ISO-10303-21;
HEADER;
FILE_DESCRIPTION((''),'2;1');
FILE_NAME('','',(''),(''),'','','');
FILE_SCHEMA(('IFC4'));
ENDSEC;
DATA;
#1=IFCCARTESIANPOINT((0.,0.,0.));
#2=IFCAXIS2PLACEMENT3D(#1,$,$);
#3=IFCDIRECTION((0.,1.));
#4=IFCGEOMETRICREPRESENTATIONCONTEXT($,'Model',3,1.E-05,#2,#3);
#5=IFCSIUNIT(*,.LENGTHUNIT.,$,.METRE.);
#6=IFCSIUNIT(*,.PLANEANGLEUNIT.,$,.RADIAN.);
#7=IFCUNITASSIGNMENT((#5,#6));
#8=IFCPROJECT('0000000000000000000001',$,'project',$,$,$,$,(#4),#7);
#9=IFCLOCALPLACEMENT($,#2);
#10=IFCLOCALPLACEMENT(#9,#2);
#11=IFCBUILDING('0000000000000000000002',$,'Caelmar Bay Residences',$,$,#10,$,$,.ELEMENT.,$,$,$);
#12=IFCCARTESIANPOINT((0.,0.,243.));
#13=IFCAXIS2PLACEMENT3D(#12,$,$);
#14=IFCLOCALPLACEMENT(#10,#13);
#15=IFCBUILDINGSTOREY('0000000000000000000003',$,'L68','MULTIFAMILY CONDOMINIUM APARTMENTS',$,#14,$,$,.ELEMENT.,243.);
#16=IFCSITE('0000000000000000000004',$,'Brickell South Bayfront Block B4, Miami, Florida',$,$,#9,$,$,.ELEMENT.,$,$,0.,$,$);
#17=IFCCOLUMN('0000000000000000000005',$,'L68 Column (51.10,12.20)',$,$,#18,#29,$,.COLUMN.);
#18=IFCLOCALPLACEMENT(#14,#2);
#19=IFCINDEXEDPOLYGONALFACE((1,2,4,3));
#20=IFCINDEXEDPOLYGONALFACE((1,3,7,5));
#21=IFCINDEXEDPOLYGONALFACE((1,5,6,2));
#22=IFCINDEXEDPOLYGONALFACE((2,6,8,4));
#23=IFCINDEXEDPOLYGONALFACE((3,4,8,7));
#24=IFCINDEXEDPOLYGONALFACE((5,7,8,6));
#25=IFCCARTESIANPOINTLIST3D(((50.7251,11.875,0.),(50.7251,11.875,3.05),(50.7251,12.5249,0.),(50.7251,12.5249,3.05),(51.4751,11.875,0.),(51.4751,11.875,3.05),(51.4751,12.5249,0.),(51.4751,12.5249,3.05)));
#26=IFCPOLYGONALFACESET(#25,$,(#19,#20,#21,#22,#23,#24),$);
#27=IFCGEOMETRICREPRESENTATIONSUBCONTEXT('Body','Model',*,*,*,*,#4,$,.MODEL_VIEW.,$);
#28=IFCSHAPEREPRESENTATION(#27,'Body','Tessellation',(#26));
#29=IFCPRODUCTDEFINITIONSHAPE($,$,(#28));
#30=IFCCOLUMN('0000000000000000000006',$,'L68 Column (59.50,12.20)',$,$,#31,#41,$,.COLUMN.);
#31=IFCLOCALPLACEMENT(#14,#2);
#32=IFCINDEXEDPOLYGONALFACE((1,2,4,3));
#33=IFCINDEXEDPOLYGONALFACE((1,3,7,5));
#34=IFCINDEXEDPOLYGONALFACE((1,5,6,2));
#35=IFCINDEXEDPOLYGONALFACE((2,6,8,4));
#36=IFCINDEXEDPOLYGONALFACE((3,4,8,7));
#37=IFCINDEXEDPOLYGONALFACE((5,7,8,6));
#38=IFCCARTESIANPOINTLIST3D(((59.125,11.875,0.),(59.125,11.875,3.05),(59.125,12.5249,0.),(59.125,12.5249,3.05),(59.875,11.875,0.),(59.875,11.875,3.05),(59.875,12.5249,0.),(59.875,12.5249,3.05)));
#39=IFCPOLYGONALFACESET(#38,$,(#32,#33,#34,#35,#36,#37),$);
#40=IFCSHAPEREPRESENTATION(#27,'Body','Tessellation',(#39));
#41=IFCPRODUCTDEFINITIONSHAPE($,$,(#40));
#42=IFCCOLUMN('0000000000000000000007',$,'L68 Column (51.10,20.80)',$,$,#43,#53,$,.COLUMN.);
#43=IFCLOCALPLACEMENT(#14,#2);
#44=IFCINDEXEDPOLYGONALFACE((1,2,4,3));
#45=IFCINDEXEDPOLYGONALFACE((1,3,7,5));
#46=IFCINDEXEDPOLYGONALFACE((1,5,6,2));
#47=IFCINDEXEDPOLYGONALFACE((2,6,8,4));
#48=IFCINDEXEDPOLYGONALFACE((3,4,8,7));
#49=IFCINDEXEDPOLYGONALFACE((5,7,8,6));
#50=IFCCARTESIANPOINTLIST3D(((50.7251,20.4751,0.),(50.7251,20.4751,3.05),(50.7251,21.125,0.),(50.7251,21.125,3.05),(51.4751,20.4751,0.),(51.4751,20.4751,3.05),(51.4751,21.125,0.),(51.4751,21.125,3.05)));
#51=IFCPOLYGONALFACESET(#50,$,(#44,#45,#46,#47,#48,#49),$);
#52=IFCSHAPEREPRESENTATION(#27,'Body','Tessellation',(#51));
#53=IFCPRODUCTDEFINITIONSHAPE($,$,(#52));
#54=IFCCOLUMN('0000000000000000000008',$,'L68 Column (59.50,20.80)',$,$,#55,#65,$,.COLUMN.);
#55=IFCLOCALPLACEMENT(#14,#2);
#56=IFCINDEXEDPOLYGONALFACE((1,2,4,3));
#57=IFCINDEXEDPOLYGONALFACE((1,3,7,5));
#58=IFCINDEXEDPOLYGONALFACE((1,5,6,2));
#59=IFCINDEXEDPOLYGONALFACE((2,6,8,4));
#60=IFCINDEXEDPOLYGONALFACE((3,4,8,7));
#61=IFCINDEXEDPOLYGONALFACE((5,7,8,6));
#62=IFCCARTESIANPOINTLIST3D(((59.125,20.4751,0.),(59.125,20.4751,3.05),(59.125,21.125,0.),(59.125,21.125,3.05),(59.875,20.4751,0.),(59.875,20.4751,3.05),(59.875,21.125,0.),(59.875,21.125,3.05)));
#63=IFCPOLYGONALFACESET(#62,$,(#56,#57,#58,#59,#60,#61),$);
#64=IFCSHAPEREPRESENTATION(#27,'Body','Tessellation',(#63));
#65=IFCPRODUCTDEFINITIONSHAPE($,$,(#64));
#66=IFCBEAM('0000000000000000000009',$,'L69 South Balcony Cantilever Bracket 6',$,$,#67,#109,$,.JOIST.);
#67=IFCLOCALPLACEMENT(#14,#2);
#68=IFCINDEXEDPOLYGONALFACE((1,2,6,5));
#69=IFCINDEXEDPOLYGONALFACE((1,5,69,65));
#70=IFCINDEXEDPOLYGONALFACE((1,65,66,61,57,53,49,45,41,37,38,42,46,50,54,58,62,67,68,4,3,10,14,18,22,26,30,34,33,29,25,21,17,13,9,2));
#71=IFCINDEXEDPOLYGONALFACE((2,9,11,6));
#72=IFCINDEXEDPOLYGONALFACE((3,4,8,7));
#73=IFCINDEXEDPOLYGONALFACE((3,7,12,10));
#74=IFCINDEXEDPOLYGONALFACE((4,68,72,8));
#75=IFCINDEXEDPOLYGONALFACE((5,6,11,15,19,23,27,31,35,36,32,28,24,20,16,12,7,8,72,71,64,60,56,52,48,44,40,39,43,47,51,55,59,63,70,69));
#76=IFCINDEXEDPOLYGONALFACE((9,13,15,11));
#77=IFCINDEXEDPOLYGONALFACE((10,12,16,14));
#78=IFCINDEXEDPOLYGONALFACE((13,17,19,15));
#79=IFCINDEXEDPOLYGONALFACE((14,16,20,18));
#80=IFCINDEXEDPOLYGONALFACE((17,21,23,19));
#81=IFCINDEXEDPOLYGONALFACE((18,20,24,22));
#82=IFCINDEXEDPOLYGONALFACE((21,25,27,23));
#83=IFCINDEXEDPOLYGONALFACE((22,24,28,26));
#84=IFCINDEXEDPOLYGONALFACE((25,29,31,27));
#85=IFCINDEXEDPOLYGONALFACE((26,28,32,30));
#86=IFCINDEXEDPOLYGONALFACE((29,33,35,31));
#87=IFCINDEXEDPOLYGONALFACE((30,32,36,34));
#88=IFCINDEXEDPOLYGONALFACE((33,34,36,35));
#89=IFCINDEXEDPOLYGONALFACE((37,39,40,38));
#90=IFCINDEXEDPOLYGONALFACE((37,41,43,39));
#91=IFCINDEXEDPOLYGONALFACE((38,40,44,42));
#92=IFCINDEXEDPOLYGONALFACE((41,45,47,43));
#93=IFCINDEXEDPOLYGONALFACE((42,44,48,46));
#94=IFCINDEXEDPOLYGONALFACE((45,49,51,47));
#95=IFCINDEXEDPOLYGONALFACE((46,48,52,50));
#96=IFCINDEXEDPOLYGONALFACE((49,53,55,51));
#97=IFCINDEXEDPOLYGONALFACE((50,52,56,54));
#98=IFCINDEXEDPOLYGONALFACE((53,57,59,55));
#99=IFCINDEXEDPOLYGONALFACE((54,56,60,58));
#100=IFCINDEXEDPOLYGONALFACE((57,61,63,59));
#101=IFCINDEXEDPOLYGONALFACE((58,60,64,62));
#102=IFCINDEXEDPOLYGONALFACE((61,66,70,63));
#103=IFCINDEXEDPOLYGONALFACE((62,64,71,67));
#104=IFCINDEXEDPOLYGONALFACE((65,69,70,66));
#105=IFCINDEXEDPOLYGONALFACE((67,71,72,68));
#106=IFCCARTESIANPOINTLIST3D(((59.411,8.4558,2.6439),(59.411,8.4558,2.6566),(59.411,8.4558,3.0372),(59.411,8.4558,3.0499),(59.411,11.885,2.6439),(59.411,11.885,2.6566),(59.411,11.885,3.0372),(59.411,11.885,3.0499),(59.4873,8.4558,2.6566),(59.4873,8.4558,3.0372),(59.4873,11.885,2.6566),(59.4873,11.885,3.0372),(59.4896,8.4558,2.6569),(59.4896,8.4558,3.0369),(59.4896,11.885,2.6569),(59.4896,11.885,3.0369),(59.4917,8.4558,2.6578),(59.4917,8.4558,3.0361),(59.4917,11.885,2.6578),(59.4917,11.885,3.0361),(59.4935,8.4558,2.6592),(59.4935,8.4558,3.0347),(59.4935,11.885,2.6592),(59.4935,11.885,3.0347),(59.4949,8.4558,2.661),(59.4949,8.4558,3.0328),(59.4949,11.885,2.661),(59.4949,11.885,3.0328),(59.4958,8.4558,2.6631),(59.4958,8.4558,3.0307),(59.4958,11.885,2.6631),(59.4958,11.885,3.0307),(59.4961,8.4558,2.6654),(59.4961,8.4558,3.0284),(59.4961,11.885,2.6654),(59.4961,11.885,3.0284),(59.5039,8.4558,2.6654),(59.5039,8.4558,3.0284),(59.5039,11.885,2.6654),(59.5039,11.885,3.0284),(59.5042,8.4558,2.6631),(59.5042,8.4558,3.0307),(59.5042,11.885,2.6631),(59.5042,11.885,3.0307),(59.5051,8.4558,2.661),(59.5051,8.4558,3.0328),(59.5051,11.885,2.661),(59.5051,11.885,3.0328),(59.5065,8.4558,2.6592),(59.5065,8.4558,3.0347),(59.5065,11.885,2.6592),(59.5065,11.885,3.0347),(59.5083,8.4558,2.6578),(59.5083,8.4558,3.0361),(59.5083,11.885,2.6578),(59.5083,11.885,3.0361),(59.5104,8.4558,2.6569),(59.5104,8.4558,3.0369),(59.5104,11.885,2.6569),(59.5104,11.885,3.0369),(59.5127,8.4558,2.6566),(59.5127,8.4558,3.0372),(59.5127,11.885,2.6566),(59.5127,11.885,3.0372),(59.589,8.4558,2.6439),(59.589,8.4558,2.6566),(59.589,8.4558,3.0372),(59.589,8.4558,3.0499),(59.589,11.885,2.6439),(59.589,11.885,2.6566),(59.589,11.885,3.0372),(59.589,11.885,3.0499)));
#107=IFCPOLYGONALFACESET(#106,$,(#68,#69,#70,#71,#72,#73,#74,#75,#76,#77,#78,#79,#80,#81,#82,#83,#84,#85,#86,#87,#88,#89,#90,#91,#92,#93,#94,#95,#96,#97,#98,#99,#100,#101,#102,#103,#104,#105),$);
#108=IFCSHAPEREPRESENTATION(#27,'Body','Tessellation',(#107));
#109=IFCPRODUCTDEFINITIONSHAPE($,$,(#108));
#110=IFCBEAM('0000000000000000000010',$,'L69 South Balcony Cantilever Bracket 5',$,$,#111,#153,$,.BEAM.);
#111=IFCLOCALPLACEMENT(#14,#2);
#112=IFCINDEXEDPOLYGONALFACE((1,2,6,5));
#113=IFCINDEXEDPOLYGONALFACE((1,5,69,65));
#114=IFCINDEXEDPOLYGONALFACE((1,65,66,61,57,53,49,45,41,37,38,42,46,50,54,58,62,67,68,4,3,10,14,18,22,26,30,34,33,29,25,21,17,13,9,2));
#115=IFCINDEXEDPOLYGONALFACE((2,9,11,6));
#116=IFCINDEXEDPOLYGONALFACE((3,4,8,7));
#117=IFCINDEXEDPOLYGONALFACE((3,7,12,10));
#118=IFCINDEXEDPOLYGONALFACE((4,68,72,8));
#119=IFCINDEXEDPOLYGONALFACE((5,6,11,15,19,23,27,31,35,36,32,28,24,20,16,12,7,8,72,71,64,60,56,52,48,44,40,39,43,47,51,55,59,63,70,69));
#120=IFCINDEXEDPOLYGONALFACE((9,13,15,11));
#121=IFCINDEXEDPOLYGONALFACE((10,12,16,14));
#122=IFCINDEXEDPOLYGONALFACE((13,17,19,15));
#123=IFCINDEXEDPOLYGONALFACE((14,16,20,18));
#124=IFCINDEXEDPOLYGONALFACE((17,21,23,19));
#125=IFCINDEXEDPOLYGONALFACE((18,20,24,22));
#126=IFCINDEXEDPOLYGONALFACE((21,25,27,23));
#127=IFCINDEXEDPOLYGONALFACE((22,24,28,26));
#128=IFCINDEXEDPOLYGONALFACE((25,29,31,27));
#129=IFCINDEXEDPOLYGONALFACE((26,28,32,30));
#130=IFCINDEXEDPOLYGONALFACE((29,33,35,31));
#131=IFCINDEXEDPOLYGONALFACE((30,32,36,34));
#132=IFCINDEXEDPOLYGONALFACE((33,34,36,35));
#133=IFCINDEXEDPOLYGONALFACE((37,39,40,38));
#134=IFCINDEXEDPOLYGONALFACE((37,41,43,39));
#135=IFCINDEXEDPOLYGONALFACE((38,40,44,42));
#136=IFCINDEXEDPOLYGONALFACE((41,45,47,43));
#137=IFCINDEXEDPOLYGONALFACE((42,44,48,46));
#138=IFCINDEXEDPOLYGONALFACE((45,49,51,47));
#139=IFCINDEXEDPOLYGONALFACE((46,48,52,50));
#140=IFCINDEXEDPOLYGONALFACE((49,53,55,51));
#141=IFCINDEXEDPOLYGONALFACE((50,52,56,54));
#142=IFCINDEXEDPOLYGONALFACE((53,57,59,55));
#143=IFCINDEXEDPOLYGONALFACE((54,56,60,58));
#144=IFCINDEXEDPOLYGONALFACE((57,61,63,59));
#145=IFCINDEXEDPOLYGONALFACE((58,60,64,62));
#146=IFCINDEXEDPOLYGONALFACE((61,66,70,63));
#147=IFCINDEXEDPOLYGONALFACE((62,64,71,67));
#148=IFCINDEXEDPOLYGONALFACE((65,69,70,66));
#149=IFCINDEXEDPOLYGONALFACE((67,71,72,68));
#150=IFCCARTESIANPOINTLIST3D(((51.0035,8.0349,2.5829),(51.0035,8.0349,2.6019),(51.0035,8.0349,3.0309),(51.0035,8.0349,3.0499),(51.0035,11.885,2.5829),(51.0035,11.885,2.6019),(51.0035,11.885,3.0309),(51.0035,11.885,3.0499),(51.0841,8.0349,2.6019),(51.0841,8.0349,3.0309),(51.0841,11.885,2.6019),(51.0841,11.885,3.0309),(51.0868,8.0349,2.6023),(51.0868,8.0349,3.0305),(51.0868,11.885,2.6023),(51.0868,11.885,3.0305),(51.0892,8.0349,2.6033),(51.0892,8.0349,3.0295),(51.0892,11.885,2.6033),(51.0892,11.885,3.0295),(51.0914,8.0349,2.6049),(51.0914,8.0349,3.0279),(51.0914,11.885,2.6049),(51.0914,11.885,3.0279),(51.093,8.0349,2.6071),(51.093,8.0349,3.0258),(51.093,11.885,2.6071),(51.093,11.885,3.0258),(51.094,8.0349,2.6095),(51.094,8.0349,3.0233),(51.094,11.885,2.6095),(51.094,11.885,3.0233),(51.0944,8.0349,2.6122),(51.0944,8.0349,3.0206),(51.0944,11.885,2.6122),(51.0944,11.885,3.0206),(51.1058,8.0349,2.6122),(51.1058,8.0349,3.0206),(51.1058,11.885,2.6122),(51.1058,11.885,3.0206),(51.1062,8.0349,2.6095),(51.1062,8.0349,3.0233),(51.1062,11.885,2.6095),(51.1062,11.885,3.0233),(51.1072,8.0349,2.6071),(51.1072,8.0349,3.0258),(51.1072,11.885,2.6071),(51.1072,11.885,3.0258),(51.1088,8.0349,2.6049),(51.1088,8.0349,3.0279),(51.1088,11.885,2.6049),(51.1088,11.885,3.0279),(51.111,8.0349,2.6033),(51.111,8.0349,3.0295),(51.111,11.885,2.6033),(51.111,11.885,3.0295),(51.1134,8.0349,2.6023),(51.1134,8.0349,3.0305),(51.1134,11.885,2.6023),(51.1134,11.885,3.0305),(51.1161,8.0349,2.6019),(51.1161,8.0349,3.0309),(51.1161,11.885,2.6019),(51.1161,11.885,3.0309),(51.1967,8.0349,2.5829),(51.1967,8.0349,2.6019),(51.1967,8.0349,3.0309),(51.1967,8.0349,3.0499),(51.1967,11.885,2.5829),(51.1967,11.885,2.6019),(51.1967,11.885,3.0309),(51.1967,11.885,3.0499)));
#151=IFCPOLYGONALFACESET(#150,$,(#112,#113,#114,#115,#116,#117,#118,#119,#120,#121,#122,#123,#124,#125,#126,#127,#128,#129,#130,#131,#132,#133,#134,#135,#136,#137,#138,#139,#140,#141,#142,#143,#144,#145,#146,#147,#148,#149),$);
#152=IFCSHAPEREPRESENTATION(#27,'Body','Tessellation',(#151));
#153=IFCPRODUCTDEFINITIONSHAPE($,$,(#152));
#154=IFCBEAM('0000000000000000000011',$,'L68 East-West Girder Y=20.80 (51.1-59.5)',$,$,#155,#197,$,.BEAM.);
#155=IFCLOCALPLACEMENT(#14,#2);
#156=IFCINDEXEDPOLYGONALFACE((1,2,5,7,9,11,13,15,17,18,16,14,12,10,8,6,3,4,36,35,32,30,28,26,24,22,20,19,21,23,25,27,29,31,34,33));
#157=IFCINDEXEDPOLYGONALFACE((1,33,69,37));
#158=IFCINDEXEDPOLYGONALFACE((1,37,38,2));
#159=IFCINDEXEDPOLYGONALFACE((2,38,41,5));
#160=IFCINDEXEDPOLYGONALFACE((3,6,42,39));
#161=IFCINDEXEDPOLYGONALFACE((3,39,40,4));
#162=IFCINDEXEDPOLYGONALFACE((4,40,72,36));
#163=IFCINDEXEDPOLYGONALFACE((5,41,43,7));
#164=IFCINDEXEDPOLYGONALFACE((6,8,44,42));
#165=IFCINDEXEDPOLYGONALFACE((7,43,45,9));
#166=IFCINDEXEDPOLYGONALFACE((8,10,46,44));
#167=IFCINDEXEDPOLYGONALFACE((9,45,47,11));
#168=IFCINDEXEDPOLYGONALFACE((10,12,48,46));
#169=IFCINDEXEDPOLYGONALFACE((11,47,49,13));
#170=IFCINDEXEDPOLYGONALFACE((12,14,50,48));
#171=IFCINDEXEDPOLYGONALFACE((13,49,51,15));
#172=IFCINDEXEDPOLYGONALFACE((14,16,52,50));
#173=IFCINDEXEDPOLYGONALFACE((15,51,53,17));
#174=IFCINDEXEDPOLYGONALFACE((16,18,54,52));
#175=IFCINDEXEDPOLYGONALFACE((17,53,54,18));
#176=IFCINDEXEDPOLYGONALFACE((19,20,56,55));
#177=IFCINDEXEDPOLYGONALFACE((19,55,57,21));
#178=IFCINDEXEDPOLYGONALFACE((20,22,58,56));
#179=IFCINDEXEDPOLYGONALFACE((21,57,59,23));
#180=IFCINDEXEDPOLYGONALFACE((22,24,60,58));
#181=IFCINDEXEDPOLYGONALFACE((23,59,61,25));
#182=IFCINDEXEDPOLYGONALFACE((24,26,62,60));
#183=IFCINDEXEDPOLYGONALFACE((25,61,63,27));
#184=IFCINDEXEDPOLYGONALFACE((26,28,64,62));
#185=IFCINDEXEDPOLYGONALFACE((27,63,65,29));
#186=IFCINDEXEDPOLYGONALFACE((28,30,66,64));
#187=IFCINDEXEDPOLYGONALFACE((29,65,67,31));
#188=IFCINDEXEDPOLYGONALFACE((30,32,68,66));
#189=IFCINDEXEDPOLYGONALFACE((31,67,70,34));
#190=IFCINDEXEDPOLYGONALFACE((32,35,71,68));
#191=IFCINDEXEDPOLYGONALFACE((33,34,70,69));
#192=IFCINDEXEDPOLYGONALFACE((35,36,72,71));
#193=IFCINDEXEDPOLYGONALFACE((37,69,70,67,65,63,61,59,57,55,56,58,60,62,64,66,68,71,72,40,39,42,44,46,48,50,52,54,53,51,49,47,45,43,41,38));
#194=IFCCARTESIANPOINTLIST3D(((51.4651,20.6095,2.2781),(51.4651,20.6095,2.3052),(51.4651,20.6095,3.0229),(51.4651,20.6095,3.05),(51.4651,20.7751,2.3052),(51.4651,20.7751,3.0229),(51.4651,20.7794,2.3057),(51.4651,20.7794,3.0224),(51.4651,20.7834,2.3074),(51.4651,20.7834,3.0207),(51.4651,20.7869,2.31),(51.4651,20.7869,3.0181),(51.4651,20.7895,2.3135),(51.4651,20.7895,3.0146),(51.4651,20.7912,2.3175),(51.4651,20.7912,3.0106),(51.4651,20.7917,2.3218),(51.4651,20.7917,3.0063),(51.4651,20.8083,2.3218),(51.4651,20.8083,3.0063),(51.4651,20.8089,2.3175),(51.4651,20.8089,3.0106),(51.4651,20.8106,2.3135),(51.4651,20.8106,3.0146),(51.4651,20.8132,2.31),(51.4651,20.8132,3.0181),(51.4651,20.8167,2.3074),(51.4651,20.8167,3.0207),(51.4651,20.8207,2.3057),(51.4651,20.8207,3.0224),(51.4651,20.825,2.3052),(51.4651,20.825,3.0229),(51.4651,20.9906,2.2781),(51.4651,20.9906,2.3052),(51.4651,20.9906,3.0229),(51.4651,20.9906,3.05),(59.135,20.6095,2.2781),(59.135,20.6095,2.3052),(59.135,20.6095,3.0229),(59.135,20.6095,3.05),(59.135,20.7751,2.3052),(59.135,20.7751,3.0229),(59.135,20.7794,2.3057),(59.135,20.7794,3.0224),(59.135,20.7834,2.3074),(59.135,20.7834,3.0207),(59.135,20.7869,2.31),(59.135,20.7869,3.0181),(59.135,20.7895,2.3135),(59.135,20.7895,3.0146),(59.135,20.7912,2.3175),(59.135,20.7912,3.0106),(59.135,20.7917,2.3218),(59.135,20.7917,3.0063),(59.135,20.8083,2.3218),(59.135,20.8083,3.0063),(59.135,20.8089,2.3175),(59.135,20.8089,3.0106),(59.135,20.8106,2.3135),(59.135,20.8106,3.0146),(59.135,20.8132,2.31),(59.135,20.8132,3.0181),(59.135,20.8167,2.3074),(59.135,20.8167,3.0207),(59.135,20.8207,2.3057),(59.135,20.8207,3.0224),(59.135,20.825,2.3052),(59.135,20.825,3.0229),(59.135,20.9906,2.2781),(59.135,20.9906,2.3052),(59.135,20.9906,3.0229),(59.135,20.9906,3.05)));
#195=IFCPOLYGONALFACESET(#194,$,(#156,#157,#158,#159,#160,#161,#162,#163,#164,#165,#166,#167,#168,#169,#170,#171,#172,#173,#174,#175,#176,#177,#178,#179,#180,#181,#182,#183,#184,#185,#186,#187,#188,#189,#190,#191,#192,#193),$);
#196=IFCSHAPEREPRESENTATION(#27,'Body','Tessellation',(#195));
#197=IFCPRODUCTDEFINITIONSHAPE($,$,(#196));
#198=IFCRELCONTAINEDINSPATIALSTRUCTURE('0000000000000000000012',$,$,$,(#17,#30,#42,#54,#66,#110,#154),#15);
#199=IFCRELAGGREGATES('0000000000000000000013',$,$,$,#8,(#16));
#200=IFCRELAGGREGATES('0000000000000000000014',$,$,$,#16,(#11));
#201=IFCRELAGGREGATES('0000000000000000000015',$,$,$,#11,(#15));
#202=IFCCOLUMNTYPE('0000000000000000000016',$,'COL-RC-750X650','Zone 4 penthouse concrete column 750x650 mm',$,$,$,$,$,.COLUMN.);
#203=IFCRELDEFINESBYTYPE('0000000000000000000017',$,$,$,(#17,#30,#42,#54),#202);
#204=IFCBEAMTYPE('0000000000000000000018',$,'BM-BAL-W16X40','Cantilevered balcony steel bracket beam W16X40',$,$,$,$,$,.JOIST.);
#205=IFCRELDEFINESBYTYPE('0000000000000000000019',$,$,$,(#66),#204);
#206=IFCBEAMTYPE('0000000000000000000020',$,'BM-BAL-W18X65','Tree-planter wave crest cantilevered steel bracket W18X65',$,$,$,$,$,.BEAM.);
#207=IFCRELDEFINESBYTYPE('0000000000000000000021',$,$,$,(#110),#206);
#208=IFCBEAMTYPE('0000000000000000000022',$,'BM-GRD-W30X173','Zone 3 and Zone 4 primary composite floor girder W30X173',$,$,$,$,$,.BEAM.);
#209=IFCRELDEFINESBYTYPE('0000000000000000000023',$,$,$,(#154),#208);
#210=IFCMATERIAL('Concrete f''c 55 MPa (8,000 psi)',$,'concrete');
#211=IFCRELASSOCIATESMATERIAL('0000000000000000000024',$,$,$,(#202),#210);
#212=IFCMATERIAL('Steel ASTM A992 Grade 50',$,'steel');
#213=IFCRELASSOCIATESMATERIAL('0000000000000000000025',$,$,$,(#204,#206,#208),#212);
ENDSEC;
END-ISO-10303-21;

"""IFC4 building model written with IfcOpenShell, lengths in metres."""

from ifc_helpers import new_model, si_unit, direction, frame, origin, origin_2d, place, context, subcontext, project, spatial, rectangle, i_section, extrude, material, material_profile, profile_set, type_object, element, save


model = new_model("IFC4")

# Units and contexts
model_context = context("Model", 3, precision=1e-05, world=origin(), true_north=direction((0.0, 1.0)))
body_context = subcontext(model_context, "Body", "Model", "MODEL_VIEW")
ifc_project = project(units=[si_unit("LENGTHUNIT", "METRE"), si_unit("PLANEANGLEUNIT", "RADIAN")], contexts=[model_context])

# Site, building, storey
site_placement = place(None, origin())
site = spatial("IfcSite", under=ifc_project, at=site_placement, Name="Brickell South Bayfront Block B4, Miami, Florida", CompositionType="ELEMENT", RefElevation=0.0)
building_placement = place(site_placement, origin())
building = spatial("IfcBuilding", under=site, at=building_placement, Name="Caelmar Bay Residences", CompositionType="ELEMENT")
storey_placement = place(building_placement, frame((0.0, 0.0, 243.0)))
storey = spatial("IfcBuildingStorey", under=building, at=storey_placement, Name="L68", Description="MULTIFAMILY CONDOMINIUM APARTMENTS", CompositionType="ELEMENT", Elevation=243.0)

# Columns
ifc_material_1 = material(Name="Concrete f'c 55 MPa (8,000 psi)", Category="concrete")
ifc_material_profile_1 = material_profile(ifc_material_1, rectangle(XDim=0.75, YDim=0.6499, at=origin_2d()), Name="RC-COL-750X650")
ifc_profile_set_1 = profile_set([ifc_material_profile_1], Name="Concrete f'c 55 MPa (8,000 psi)")
column_type = type_object("IfcColumnType", Name="COL-RC-750X650", Description="Zone 4 penthouse concrete column 750x650 mm", PredefinedType="COLUMN", material=ifc_profile_set_1)
for number, where, z_axis, x_axis, name in (
    (1, (51.1001, 12.2, 0.0), (0.0, 0.0, 1.0), (1.0, 0.0, 0.0), "L68 Column (51.10,12.20)"),
    (2, (59.5, 12.2, 0.0), (0.0, 0.0, 1.0), (1.0, 0.0, 0.0), "L68 Column (59.50,12.20)"),
    (3, (51.1001, 20.8, 0.0), (0.0, 0.0, 1.0), (1.0, 0.0, 0.0), "L68 Column (51.10,20.80)"),
    (4, (59.5, 20.8, 0.0), (0.0, 0.0, 1.0), (1.0, 0.0, 0.0), "L68 Column (59.50,20.80)"),
):
    element("IfcColumn", number, at=place(storey_placement, frame(where, z_axis=z_axis, x_axis=x_axis)), inside=storey, type_object=column_type, Name=name, PredefinedType="COLUMN", context=body_context, shape_type="SweptSolid", body=[
        extrude(rectangle(XDim=0.75, YDim=0.6499, at=origin_2d()), origin(), (0.0, 0.0, 1.0), 3.05),
    ])

# Beams
ifc_material_2 = material(Name="Steel ASTM A992 Grade 50", Category="steel")
ifc_material_profile_2 = material_profile(ifc_material_2, i_section(OverallWidth=0.178, OverallDepth=0.406, WebThickness=0.0078, FlangeThickness=0.0127, FilletRadius=0.0088, at=origin_2d()), Name="W16X40")
ifc_profile_set_2 = profile_set([ifc_material_profile_2], Name="Steel ASTM A992 Grade 50")
beam_type_1 = type_object("IfcBeamType", Name="BM-BAL-W16X40", Description="Cantilevered balcony steel bracket beam W16X40", PredefinedType="JOIST", material=ifc_profile_set_2)
beam_1_placement = place(storey_placement, frame((59.5, 11.885, 2.8469), z_axis=(0.0, -1.0, 0.0), x_axis=(1.0, 0.0, 0.0)))
element("IfcBeam", 5, at=beam_1_placement, inside=storey, type_object=beam_type_1, Name="L69 South Balcony Cantilever Bracket 6", PredefinedType="JOIST", context=body_context, shape_type="SweptSolid", body=[
    extrude(i_section(OverallWidth=0.178, OverallDepth=0.406, WebThickness=0.0078, FlangeThickness=0.0127, FilletRadius=0.0088, at=origin_2d()), origin(), (0.0, 0.0, 1.0), 3.4292),
])
ifc_material_profile_3 = material_profile(ifc_material_2, i_section(OverallWidth=0.1931, OverallDepth=0.467, WebThickness=0.0115, FlangeThickness=0.019, FilletRadius=0.0103, at=origin_2d()), Name="W18X65")
ifc_profile_set_3 = profile_set([ifc_material_profile_3], Name="Steel ASTM A992 Grade 50")
beam_type_2 = type_object("IfcBeamType", Name="BM-BAL-W18X65", Description="Tree-planter wave crest cantilevered steel bracket W18X65", PredefinedType="BEAM", material=ifc_profile_set_3)
beam_2_placement = place(storey_placement, frame((51.1001, 11.885, 2.8164), z_axis=(0.0, -1.0, 0.0), x_axis=(1.0, 0.0, 0.0)))
element("IfcBeam", 6, at=beam_2_placement, inside=storey, type_object=beam_type_2, Name="L69 South Balcony Cantilever Bracket 5", PredefinedType="BEAM", context=body_context, shape_type="SweptSolid", body=[
    extrude(i_section(OverallWidth=0.1931, OverallDepth=0.467, WebThickness=0.0115, FlangeThickness=0.019, FilletRadius=0.0103, at=origin_2d()), origin(), (0.0, 0.0, 1.0), 3.8501),
])
ifc_material_profile_4 = material_profile(ifc_material_2, i_section(OverallWidth=0.3811, OverallDepth=0.772, WebThickness=0.0166, FlangeThickness=0.0271, FilletRadius=0.0166, at=origin_2d()), Name="W30X173")
ifc_profile_set_4 = profile_set([ifc_material_profile_4], Name="Steel ASTM A992 Grade 50")
beam_type_3 = type_object("IfcBeamType", Name="BM-GRD-W30X173", Description="Zone 3 and Zone 4 primary composite floor girder W30X173", PredefinedType="BEAM", material=ifc_profile_set_4)
beam_3_placement = place(storey_placement, frame((51.4651, 20.8, 2.6641), z_axis=(1.0, 0.0, 0.0), x_axis=(0.0, 1.0, 0.0)))
element("IfcBeam", 7, at=beam_3_placement, inside=storey, type_object=beam_type_3, Name="L68 East-West Girder Y=20.80 (51.1-59.5)", PredefinedType="BEAM", context=body_context, shape_type="SweptSolid", body=[
    extrude(i_section(OverallWidth=0.3811, OverallDepth=0.772, WebThickness=0.0166, FlangeThickness=0.0271, FilletRadius=0.0166, at=origin_2d()), origin(), (0.0, 0.0, 1.0), 7.6699),
])

save(model, "model.ifc")
